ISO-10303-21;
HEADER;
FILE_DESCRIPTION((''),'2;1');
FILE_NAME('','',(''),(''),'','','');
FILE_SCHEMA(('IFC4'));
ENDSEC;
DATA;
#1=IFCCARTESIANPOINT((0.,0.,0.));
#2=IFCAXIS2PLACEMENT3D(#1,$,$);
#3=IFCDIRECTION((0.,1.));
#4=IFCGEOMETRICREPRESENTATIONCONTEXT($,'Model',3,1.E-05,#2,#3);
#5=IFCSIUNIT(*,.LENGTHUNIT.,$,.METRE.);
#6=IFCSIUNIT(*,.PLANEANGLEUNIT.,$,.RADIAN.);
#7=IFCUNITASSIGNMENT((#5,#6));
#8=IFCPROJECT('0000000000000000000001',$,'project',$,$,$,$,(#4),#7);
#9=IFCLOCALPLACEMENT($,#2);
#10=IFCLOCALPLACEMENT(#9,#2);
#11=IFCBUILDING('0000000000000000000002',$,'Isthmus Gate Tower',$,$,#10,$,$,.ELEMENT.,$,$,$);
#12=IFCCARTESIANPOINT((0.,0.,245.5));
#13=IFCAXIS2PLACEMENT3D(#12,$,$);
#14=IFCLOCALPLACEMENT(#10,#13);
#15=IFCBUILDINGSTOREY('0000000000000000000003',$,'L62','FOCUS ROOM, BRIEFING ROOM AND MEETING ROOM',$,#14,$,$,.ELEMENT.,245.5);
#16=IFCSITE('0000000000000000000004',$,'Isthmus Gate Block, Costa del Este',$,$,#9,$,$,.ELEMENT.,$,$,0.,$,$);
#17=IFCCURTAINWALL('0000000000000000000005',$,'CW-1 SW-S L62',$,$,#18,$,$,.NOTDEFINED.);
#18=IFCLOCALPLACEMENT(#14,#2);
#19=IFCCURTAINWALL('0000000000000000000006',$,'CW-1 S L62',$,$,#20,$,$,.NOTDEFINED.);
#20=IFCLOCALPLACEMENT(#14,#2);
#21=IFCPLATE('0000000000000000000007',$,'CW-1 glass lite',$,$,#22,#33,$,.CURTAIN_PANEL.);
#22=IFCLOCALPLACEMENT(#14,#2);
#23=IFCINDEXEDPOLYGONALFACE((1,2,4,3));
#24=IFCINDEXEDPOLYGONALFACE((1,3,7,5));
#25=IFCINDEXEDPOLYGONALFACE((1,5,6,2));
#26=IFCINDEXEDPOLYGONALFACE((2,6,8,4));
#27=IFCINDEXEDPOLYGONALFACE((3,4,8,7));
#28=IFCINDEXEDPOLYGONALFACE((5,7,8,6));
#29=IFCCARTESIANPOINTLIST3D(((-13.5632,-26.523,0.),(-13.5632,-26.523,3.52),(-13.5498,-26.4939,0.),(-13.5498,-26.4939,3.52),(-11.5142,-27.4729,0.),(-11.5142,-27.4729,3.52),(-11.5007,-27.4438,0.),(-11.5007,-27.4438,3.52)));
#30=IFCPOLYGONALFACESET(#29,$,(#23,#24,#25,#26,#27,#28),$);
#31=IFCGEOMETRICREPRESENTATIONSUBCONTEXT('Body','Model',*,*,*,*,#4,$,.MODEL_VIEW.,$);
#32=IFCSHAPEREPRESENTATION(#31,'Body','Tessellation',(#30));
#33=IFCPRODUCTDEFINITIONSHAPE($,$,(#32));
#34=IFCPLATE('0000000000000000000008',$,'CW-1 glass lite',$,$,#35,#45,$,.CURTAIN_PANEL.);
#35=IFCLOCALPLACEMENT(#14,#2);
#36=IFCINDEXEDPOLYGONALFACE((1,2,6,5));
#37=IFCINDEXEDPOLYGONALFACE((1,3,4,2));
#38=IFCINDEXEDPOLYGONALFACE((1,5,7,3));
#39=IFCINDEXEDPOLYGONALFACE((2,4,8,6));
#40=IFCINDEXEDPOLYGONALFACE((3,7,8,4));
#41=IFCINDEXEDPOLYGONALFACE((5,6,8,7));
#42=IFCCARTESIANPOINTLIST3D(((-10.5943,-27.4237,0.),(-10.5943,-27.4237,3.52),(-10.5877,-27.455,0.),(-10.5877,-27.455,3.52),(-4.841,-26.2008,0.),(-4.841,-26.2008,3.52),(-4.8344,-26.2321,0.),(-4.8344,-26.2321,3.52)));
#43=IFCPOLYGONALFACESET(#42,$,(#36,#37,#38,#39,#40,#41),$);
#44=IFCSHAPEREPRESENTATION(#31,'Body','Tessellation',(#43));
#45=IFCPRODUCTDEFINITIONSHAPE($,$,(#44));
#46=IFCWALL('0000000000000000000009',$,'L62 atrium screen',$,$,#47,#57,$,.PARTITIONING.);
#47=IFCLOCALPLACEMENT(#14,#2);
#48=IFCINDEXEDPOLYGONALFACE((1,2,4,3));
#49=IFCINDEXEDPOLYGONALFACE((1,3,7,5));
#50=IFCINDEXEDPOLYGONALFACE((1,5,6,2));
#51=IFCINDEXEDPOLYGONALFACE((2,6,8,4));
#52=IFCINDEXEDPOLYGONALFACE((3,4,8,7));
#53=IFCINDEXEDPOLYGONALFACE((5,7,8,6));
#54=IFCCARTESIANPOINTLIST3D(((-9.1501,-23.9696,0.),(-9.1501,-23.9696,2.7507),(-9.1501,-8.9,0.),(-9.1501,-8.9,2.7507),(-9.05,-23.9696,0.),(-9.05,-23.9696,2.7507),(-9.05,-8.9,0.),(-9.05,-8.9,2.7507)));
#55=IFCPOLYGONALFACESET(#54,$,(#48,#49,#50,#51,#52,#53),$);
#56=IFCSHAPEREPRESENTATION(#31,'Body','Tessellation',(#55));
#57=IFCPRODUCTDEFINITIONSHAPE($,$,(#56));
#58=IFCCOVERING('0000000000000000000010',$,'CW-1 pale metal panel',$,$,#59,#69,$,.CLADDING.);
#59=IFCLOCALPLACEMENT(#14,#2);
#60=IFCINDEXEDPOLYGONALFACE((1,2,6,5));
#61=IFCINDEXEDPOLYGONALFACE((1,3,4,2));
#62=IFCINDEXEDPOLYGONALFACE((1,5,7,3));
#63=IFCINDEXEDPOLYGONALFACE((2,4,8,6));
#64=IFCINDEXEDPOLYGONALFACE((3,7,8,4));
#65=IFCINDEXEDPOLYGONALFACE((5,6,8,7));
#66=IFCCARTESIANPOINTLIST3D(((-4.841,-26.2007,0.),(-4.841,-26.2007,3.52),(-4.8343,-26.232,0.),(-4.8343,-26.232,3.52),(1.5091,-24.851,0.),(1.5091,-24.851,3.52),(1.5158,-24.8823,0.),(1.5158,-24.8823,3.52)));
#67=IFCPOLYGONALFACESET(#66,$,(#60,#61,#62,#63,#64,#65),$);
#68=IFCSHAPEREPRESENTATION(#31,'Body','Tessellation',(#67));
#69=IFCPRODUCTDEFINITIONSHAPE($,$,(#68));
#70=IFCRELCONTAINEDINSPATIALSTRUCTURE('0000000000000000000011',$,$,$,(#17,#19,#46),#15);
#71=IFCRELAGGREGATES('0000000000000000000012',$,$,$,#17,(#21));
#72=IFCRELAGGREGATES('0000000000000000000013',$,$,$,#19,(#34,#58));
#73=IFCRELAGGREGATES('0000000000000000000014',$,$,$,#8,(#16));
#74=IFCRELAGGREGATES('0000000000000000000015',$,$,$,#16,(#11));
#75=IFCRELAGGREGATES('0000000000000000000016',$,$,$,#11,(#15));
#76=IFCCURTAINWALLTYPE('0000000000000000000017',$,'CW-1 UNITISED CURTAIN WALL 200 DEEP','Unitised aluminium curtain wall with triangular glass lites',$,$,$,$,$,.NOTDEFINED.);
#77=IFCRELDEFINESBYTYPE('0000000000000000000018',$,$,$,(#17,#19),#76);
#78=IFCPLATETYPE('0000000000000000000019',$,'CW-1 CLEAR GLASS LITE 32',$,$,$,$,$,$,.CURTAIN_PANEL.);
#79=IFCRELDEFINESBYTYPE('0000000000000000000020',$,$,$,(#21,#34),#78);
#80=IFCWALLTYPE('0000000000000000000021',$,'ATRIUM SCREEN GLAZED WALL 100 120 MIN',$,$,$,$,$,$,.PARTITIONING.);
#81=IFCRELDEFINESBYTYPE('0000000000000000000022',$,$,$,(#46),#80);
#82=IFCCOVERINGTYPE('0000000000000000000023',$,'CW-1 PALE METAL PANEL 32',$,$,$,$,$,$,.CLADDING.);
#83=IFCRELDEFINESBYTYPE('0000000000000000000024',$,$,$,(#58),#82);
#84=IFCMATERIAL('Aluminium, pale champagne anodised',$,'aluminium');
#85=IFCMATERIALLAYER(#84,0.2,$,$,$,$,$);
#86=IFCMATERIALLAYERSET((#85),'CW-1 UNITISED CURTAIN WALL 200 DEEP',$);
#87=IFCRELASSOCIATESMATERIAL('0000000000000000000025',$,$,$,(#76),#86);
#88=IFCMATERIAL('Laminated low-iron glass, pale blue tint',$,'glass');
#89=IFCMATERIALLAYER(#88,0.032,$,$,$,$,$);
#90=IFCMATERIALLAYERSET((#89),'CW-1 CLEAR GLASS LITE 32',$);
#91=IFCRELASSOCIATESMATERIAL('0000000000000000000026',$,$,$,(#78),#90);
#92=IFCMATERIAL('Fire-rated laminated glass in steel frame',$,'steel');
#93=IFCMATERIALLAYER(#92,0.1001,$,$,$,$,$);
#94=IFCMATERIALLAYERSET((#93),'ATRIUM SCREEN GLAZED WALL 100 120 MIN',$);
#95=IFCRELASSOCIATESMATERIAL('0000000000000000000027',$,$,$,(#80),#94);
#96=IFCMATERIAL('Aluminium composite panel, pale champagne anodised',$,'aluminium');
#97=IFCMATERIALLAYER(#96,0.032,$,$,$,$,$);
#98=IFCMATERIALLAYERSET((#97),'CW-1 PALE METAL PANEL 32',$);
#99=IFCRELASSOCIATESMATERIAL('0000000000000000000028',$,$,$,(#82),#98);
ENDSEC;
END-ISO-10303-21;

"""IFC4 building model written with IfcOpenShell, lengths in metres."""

from ifc_helpers import new_model, si_unit, direction, frame, frame_2d, origin, origin_2d, place, context, subcontext, project, spatial, rectangle, extrude, material, layer, layer_set, type_object, element, aggregate, save


model = new_model("IFC4")

# Units and contexts
model_context = context("Model", 3, precision=1e-05, world=origin(), true_north=direction((0.0, 1.0)))
body_context = subcontext(model_context, "Body", "Model", "MODEL_VIEW")
ifc_project = project(units=[si_unit("LENGTHUNIT", "METRE"), si_unit("PLANEANGLEUNIT", "RADIAN")], contexts=[model_context])

# Site, building, storey
site_placement = place(None, origin())
site = spatial("IfcSite", under=ifc_project, at=site_placement, Name="Isthmus Gate Block, Costa del Este", CompositionType="ELEMENT", RefElevation=0.0)
building_placement = place(site_placement, origin())
building = spatial("IfcBuilding", under=site, at=building_placement, Name="Isthmus Gate Tower", CompositionType="ELEMENT")
storey_placement = place(building_placement, frame((0.0, 0.0, 245.5)))
storey = spatial("IfcBuildingStorey", under=building, at=storey_placement, Name="L62", Description="FOCUS ROOM, BRIEFING ROOM AND MEETING ROOM", CompositionType="ELEMENT", Elevation=245.5)

# Curtain walls
ifc_material_1 = material(Name="Aluminium, pale champagne anodised", Category="aluminium")
ifc_layer_1 = layer(ifc_material_1, 0.2)
ifc_layer_set_1 = layer_set([ifc_layer_1], Name="CW-1 UNITISED CURTAIN WALL 200 DEEP")
curtain_wall_type = type_object("IfcCurtainWallType", Name="CW-1 UNITISED CURTAIN WALL 200 DEEP", Description="Unitised aluminium curtain wall with triangular glass lites", PredefinedType="NOTDEFINED", material=ifc_layer_set_1)
curtain_wall_1_placement = place(storey_placement, origin())
curtain_wall_1 = element("IfcCurtainWall", 1, at=curtain_wall_1_placement, inside=storey, type_object=curtain_wall_type, Name="CW-1 SW-S L62", PredefinedType="NOTDEFINED")
curtain_wall_2_placement = place(storey_placement, origin())
curtain_wall_2 = element("IfcCurtainWall", 2, at=curtain_wall_2_placement, inside=storey, type_object=curtain_wall_type, Name="CW-1 S L62", PredefinedType="NOTDEFINED")

# Plates
ifc_material_2 = material(Name="Laminated low-iron glass, pale blue tint", Category="glass")
ifc_layer_2 = layer(ifc_material_2, 0.032)
ifc_layer_set_2 = layer_set([ifc_layer_2], Name="CW-1 CLEAR GLASS LITE 32")
plate_type = type_object("IfcPlateType", Name="CW-1 CLEAR GLASS LITE 32", PredefinedType="CURTAIN_PANEL", material=ifc_layer_set_2)
plate_1_placement = place(storey_placement, frame((-12.532, -26.9834, 0.0), z_axis=(0.0, 0.0, 1.0), x_axis=(0.907256, -0.420578, 0.0)))
plate_1 = element("IfcPlate", 3, at=plate_1_placement, type_object=plate_type, Name="CW-1 glass lite", PredefinedType="CURTAIN_PANEL", context=body_context, shape_type="SweptSolid", body=[
    extrude(rectangle(XDim=2.2585, YDim=0.032, at=origin_2d()), origin(), (0.0, 0.0, 1.0), 3.52),
])
aggregate(curtain_wall_1, [plate_1])
plate_2_placement = place(storey_placement, frame((-7.7144, -26.8279, 0.0), z_axis=(0.0, 0.0, 1.0), x_axis=(0.978148, 0.207912, 0.0)))
plate_2 = element("IfcPlate", 4, at=plate_2_placement, type_object=plate_type, Name="CW-1 glass lite", PredefinedType="CURTAIN_PANEL", context=body_context, shape_type="SweptSolid", body=[
    extrude(rectangle(XDim=5.8818, YDim=0.032, at=origin_2d()), origin(), (0.0, 0.0, 1.0), 3.52),
])

# Wall
ifc_material_3 = material(Name="Fire-rated laminated glass in steel frame", Category="steel")
ifc_layer_3 = layer(ifc_material_3, 0.1001)
ifc_layer_set_3 = layer_set([ifc_layer_3], Name="ATRIUM SCREEN GLAZED WALL 100 120 MIN")
wall_type = type_object("IfcWallType", Name="ATRIUM SCREEN GLAZED WALL 100 120 MIN", PredefinedType="PARTITIONING", material=ifc_layer_set_3)
wall_placement = place(storey_placement, frame((-9.1001, -23.9695, 0.0), z_axis=(0.0, 0.0, 1.0), x_axis=(0.0, 1.0, 0.0)))
element("IfcWall", 5, at=wall_placement, inside=storey, type_object=wall_type, Name="L62 atrium screen", PredefinedType="PARTITIONING", context=body_context, shape_type="SweptSolid", body=[
    extrude(rectangle(XDim=15.0696, YDim=0.1001, at=frame_2d((7.5347, 0.0))), origin(), (0.0, 0.0, 1.0), 2.7507),
])

# Covering
ifc_material_4 = material(Name="Aluminium composite panel, pale champagne anodised", Category="aluminium")
ifc_layer_4 = layer(ifc_material_4, 0.032)
ifc_layer_set_4 = layer_set([ifc_layer_4], Name="CW-1 PALE METAL PANEL 32")
covering_type = type_object("IfcCoveringType", Name="CW-1 PALE METAL PANEL 32", PredefinedType="CLADDING", material=ifc_layer_set_4)
covering_placement = place(storey_placement, frame((-1.6626, -25.5415, 0.0), z_axis=(0.0, 0.0, 1.0), x_axis=(0.978148, 0.207912, 0.0)))
covering = element("IfcCovering", 6, at=covering_placement, type_object=covering_type, Name="CW-1 pale metal panel", PredefinedType="CLADDING", context=body_context, shape_type="SweptSolid", body=[
    extrude(rectangle(XDim=6.4919, YDim=0.032, at=origin_2d()), origin(), (0.0, 0.0, 1.0), 3.52),
])
aggregate(curtain_wall_2, [plate_2, covering])

save(model, "model.ifc")
